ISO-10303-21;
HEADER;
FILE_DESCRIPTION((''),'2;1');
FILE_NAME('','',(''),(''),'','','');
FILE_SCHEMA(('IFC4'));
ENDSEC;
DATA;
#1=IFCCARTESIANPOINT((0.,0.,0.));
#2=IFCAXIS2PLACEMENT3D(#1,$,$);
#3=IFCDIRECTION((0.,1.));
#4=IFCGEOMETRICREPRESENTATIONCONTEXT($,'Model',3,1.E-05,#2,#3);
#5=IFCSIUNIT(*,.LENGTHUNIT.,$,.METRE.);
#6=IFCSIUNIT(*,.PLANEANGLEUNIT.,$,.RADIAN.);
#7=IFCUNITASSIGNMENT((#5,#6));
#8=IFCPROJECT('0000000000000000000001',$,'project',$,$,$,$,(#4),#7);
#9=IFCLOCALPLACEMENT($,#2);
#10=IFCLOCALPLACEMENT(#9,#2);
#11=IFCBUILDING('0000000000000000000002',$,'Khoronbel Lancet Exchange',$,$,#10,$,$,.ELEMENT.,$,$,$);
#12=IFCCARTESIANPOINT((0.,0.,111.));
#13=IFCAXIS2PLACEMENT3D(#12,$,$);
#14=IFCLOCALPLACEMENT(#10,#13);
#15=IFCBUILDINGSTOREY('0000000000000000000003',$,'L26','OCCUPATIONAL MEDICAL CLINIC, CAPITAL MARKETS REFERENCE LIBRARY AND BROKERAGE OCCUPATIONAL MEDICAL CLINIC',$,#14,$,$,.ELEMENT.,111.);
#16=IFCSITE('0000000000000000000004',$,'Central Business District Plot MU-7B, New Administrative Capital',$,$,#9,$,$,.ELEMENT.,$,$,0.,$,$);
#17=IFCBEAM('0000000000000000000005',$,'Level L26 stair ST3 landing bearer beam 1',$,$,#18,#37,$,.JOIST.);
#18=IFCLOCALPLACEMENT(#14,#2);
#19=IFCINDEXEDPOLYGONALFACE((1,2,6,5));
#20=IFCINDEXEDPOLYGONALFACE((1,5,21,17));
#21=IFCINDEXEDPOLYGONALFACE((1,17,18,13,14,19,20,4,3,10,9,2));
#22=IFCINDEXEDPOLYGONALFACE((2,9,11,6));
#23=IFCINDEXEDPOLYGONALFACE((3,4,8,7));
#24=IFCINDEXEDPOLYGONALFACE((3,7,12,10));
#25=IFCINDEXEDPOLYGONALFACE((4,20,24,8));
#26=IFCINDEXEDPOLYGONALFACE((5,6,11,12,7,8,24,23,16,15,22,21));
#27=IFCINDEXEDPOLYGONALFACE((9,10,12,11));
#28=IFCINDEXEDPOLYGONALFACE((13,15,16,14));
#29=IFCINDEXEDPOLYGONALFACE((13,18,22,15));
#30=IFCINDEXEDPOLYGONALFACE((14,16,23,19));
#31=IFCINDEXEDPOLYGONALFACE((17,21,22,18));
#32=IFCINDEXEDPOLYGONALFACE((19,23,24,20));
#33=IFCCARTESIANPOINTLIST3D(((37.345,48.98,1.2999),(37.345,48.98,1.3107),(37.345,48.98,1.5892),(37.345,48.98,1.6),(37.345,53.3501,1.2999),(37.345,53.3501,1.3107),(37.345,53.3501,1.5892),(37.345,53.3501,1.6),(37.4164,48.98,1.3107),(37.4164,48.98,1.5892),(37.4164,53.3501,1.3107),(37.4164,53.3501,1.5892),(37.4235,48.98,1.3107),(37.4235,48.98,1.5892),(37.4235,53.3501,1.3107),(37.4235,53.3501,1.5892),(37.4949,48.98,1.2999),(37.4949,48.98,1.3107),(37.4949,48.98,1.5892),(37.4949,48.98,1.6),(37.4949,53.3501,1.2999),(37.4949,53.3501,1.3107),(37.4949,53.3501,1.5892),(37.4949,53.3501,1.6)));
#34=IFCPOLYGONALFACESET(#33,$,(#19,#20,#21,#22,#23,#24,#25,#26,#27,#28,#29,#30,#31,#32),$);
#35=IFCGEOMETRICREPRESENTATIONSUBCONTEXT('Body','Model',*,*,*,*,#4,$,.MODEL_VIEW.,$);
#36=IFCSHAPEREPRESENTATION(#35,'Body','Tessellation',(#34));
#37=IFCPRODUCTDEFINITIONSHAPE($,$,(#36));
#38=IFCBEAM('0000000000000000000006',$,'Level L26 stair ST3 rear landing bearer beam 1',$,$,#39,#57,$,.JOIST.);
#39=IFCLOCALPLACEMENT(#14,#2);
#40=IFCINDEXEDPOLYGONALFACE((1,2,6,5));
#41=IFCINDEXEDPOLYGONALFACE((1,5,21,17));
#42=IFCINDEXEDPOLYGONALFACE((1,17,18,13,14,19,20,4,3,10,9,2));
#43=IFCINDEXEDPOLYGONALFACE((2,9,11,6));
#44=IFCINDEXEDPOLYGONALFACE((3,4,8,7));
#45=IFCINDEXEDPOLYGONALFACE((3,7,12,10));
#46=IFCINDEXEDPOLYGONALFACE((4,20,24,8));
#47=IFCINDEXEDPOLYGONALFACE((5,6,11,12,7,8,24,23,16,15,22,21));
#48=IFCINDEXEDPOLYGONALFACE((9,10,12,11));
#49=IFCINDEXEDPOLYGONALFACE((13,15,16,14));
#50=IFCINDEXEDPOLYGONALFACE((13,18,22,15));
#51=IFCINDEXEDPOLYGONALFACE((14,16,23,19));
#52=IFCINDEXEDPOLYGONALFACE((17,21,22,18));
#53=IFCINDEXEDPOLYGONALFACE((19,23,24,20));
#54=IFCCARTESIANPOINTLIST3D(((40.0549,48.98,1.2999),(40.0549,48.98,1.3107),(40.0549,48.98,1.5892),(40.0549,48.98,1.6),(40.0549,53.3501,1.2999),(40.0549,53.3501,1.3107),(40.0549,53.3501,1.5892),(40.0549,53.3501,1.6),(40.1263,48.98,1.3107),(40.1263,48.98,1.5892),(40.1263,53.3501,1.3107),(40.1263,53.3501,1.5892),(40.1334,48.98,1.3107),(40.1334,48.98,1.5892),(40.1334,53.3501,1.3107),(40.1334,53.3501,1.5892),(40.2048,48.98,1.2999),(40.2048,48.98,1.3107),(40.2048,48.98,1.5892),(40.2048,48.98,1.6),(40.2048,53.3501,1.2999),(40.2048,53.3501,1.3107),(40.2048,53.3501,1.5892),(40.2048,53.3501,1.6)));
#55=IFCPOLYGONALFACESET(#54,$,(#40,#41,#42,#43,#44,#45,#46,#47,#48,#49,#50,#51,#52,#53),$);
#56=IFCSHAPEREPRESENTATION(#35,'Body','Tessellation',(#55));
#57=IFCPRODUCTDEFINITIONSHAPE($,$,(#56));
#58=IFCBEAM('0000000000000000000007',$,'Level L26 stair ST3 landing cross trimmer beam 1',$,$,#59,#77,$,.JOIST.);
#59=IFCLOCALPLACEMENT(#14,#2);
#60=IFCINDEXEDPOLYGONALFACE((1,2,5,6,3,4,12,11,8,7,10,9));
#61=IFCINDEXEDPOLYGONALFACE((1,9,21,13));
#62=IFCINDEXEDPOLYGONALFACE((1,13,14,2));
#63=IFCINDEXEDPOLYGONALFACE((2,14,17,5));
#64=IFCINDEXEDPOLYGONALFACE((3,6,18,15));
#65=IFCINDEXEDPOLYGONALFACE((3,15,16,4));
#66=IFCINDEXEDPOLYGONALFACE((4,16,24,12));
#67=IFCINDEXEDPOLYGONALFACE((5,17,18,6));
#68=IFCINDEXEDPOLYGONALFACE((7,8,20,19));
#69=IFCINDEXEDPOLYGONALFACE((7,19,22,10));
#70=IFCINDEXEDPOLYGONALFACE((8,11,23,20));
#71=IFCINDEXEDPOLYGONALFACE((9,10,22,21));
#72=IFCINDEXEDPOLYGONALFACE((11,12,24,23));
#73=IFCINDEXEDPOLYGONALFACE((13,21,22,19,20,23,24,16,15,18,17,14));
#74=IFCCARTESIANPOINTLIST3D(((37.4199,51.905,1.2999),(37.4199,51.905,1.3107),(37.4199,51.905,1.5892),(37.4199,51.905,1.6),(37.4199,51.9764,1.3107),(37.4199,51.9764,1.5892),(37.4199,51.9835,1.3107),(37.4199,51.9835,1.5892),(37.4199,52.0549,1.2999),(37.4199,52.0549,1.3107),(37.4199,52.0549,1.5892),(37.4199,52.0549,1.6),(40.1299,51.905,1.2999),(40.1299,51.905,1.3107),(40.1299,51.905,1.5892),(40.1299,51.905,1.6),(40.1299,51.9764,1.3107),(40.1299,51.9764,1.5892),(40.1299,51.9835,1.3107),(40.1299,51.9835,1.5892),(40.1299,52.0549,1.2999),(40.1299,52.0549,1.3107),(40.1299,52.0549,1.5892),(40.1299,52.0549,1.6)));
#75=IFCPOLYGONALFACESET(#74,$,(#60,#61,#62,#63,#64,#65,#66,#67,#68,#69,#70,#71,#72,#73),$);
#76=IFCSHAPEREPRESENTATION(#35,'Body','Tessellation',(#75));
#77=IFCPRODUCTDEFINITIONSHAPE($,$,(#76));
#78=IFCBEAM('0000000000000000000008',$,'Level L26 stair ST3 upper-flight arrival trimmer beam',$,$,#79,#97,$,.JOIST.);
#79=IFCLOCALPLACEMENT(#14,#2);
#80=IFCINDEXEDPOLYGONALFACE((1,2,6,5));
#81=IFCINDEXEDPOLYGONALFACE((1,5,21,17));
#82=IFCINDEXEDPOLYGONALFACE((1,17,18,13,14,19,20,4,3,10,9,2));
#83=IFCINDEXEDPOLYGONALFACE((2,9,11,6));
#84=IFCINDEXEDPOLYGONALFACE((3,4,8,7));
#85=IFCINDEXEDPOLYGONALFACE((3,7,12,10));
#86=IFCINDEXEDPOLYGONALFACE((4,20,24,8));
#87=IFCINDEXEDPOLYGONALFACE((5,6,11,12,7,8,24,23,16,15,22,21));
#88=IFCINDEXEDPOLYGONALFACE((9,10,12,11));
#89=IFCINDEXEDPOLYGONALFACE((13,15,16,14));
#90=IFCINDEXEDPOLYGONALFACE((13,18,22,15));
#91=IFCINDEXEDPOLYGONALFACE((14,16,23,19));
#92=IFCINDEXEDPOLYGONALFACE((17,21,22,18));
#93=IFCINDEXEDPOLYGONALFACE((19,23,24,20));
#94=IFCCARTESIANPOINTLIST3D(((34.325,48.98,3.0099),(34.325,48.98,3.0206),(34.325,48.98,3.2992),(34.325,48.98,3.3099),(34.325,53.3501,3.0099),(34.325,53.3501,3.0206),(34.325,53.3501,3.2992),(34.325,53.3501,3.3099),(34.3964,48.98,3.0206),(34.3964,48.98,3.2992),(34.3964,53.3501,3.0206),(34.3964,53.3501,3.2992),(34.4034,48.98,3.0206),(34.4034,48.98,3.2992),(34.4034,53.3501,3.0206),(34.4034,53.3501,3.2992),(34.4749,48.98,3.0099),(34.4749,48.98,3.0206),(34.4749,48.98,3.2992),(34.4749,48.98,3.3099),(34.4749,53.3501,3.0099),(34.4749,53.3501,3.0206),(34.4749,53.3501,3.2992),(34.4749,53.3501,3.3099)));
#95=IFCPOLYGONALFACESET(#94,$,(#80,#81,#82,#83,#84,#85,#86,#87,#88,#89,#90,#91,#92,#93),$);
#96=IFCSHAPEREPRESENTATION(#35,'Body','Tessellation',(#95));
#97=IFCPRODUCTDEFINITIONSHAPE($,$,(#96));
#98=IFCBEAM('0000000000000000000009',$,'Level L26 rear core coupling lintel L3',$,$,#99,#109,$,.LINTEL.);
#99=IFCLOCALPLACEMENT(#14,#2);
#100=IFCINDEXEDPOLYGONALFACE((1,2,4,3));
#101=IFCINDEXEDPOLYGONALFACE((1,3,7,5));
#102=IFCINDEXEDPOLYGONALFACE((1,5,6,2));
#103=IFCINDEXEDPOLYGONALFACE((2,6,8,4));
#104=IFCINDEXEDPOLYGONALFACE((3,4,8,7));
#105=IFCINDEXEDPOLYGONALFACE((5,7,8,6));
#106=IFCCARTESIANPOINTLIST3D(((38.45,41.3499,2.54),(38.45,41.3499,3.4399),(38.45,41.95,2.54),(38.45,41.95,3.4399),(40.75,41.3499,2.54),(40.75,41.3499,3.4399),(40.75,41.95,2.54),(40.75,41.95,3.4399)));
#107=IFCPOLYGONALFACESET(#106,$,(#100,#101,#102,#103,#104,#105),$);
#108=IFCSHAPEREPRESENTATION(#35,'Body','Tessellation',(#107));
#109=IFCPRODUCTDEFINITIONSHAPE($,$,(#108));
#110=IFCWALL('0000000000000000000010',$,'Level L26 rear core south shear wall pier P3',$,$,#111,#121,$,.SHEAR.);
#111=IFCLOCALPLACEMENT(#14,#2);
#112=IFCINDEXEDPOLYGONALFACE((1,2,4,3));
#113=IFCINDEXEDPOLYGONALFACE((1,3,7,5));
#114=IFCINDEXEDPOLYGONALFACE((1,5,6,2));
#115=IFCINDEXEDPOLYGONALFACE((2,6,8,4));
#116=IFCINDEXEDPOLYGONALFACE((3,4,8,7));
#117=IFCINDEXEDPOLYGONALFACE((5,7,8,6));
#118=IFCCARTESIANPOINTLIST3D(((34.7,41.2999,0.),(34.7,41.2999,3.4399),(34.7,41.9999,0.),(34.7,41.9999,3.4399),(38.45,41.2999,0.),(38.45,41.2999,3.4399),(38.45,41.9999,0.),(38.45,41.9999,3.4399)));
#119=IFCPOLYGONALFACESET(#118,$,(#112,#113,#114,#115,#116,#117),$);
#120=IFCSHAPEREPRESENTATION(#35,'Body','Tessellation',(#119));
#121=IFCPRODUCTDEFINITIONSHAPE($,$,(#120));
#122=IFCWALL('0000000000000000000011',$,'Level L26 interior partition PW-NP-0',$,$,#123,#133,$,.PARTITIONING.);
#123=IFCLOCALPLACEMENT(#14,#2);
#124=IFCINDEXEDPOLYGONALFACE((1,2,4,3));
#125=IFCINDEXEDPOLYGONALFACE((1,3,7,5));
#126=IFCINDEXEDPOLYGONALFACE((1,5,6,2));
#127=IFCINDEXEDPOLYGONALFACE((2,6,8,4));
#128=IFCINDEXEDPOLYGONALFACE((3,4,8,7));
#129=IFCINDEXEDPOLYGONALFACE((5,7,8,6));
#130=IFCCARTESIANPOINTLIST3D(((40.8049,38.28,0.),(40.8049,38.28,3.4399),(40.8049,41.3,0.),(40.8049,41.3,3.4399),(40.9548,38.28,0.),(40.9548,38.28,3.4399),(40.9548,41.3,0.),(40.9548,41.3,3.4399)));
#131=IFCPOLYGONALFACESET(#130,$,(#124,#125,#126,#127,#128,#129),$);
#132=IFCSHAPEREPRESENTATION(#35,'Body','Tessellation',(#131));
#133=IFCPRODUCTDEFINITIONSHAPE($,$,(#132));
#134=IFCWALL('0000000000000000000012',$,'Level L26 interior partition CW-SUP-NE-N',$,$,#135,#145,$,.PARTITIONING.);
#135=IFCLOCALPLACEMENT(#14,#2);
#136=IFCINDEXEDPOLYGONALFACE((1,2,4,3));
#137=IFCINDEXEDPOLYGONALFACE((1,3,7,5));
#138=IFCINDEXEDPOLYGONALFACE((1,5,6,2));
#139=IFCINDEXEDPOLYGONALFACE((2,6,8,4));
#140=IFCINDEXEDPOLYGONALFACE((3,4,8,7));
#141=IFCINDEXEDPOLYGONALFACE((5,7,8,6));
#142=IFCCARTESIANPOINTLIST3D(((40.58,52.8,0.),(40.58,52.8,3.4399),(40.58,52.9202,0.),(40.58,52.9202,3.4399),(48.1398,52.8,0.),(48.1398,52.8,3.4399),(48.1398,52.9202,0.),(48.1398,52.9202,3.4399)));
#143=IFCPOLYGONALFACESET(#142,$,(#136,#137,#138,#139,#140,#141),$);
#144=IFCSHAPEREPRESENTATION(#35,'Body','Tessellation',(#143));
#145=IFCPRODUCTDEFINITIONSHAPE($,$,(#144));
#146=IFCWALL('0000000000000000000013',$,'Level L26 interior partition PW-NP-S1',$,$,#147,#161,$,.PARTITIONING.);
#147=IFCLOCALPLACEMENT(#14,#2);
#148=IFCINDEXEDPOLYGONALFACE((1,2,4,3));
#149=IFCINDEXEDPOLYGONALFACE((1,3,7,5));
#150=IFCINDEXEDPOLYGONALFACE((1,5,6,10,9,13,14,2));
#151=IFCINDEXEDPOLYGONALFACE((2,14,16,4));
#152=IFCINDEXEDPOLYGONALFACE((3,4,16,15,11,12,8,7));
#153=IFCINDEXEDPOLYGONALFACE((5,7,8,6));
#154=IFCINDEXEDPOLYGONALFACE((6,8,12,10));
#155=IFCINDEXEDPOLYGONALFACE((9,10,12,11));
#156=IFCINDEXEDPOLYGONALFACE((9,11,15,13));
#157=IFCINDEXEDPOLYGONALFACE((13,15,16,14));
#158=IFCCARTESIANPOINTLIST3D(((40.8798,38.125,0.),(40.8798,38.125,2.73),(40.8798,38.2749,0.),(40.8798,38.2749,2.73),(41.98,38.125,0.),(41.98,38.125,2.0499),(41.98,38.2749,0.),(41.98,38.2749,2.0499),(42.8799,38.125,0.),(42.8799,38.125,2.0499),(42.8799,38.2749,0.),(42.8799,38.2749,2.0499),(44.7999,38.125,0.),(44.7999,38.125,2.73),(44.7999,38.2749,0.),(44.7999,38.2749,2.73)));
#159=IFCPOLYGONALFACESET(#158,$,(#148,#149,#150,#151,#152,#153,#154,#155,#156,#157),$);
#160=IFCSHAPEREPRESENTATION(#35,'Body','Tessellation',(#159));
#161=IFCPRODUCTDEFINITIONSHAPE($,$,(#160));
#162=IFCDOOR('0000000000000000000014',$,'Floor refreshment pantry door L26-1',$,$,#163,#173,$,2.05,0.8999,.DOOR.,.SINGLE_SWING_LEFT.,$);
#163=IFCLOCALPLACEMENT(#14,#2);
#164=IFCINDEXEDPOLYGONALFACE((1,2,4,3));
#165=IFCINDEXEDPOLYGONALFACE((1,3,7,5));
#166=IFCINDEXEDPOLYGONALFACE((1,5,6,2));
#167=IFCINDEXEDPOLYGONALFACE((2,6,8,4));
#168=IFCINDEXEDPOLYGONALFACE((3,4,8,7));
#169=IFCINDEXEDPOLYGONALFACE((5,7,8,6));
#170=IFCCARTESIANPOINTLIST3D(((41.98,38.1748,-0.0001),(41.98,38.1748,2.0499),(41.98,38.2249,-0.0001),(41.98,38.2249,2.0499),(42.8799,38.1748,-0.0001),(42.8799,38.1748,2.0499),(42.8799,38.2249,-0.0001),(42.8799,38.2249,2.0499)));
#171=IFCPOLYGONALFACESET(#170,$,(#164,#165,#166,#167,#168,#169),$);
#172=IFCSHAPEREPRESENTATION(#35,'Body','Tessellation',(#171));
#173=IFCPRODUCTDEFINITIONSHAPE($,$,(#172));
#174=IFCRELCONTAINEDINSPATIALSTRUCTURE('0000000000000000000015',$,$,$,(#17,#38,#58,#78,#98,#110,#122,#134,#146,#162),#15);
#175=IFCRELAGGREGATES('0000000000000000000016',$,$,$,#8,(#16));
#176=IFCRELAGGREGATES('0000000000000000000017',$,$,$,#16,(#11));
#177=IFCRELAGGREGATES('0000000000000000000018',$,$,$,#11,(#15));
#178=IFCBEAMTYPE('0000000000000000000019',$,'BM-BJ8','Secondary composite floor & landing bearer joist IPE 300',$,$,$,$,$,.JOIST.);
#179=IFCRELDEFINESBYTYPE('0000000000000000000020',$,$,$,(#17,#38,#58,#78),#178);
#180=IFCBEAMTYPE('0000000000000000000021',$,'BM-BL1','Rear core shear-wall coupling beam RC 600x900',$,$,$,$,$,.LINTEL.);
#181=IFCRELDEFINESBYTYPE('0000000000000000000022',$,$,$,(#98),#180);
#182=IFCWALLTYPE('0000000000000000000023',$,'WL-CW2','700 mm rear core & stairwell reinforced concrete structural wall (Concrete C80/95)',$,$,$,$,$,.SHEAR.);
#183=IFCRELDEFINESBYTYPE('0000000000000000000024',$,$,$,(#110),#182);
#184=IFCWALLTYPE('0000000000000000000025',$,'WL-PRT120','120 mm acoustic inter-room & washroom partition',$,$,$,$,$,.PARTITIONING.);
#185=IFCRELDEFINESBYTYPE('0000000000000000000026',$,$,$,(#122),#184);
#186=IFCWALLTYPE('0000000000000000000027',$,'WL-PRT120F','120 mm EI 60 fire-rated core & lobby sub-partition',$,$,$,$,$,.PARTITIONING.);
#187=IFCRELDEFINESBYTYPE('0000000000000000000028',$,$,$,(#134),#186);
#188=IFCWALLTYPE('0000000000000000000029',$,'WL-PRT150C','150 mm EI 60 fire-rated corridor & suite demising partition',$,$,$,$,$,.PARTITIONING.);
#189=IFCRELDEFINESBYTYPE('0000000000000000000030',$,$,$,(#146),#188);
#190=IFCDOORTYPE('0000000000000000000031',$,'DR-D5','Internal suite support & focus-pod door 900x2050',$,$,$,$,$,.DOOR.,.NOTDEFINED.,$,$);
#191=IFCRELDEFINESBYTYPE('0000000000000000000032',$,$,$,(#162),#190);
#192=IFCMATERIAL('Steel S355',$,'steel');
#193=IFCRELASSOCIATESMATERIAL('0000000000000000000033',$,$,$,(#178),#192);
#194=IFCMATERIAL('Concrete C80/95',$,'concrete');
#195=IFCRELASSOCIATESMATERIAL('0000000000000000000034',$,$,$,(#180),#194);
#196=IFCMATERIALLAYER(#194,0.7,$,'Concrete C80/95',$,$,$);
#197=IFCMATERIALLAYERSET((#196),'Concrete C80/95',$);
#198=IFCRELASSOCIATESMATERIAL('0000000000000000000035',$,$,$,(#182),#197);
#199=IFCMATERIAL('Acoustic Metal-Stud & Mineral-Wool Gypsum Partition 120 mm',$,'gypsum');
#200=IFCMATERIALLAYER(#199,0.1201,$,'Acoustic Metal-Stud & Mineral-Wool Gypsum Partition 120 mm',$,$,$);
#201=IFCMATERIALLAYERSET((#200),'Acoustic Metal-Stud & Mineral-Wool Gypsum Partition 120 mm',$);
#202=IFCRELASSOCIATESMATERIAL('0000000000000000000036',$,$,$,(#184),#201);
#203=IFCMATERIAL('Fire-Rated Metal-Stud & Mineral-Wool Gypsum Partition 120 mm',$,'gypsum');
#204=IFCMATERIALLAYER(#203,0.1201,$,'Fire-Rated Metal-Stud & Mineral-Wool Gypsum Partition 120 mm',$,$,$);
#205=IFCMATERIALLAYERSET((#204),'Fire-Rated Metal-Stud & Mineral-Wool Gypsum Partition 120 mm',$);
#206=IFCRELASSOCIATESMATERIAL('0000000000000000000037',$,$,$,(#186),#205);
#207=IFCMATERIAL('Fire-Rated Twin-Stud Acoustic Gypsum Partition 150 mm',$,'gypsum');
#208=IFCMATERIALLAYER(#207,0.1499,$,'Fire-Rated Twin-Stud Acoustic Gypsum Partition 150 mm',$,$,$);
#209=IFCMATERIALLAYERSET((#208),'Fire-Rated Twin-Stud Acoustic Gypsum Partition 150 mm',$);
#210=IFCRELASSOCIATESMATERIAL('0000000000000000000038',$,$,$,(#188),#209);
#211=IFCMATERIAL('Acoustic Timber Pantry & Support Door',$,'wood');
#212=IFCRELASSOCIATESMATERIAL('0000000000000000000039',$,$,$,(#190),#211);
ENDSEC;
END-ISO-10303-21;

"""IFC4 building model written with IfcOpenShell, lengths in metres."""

from ifc_helpers import new_model, si_unit, direction, frame, frame_2d, origin, origin_2d, place, context, subcontext, project, spatial, rectangle, i_section, extrude, material, layer, layer_set, material_profile, profile_set, type_object, element, fill, save


model = new_model("IFC4")

# Units and contexts
model_context = context("Model", 3, precision=1e-05, world=origin(), true_north=direction((0.0, 1.0)))
body_context = subcontext(model_context, "Body", "Model", "MODEL_VIEW")
ifc_project = project(units=[si_unit("LENGTHUNIT", "METRE"), si_unit("PLANEANGLEUNIT", "RADIAN")], contexts=[model_context])

# Site, building, storey
site_placement = place(None, origin())
site = spatial("IfcSite", under=ifc_project, at=site_placement, Name="Central Business District Plot MU-7B, New Administrative Capital", CompositionType="ELEMENT", RefElevation=0.0)
building_placement = place(site_placement, origin())
building = spatial("IfcBuilding", under=site, at=building_placement, Name="Khoronbel Lancet Exchange", CompositionType="ELEMENT")
storey_placement = place(building_placement, frame((0.0, 0.0, 111.0)))
storey = spatial("IfcBuildingStorey", under=building, at=storey_placement, Name="L26", Description="OCCUPATIONAL MEDICAL CLINIC, CAPITAL MARKETS REFERENCE LIBRARY AND BROKERAGE OCCUPATIONAL MEDICAL CLINIC", CompositionType="ELEMENT", Elevation=111.0)

# Beams
ifc_material_1 = material(Name="Steel S355", Category="steel")
ifc_material_profile_1 = material_profile(ifc_material_1, i_section(OverallWidth=0.1499, OverallDepth=0.3, WebThickness=0.0071, FlangeThickness=0.0107, at=origin_2d()), Name="IPE 300")
ifc_profile_set_1 = profile_set([ifc_material_profile_1], Name="Steel S355")
beam_type_1 = type_object("IfcBeamType", Name="BM-BJ8", Description="Secondary composite floor & landing bearer joist IPE 300", PredefinedType="JOIST", material=ifc_profile_set_1)
for number, where, z_axis, x_axis, name in (
    (1, (37.4199, 48.98, 1.45), (0.0, 1.0, 0.0), (-1.0, 0.0, 0.0), "Level L26 stair ST3 landing bearer beam 1"),
    (2, (40.1299, 48.98, 1.45), (0.0, 1.0, 0.0), (-1.0, 0.0, 0.0), "Level L26 stair ST3 rear landing bearer beam 1"),
):
    element("IfcBeam", number, at=place(storey_placement, frame(where, z_axis=z_axis, x_axis=x_axis)), inside=storey, type_object=beam_type_1, Name=name, PredefinedType="JOIST", context=body_context, shape_type="SweptSolid", body=[
        extrude(i_section(OverallWidth=0.1499, OverallDepth=0.3, WebThickness=0.0071, FlangeThickness=0.0107, at=origin_2d()), origin(), (0.0, 0.0, 1.0), 4.3701),
    ])
beam_1_placement = place(storey_placement, frame((37.4199, 51.98, 1.45), z_axis=(1.0, 0.0, 0.0), x_axis=(0.0, 1.0, 0.0)))
element("IfcBeam", 3, at=beam_1_placement, inside=storey, type_object=beam_type_1, Name="Level L26 stair ST3 landing cross trimmer beam 1", PredefinedType="JOIST", context=body_context, shape_type="SweptSolid", body=[
    extrude(i_section(OverallWidth=0.1499, OverallDepth=0.3, WebThickness=0.0071, FlangeThickness=0.0107, at=origin_2d()), origin(), (0.0, 0.0, 1.0), 2.71),
])
beam_2_placement = place(storey_placement, frame((34.3999, 48.98, 3.1599), z_axis=(0.0, 1.0, 0.0), x_axis=(-1.0, 0.0, 0.0)))
element("IfcBeam", 4, at=beam_2_placement, inside=storey, type_object=beam_type_1, Name="Level L26 stair ST3 upper-flight arrival trimmer beam", PredefinedType="JOIST", context=body_context, shape_type="SweptSolid", body=[
    extrude(i_section(OverallWidth=0.1499, OverallDepth=0.3, WebThickness=0.0071, FlangeThickness=0.0107, at=origin_2d()), origin(), (0.0, 0.0, 1.0), 4.3701),
])
ifc_material_2 = material(Name="Concrete C80/95", Category="concrete")
ifc_material_profile_2 = material_profile(ifc_material_2, rectangle(XDim=0.6001, YDim=0.8999, at=origin_2d()), Name="RC 600x900")
ifc_profile_set_2 = profile_set([ifc_material_profile_2], Name="Concrete C80/95")
beam_type_2 = type_object("IfcBeamType", Name="BM-BL1", Description="Rear core shear-wall coupling beam RC 600x900", PredefinedType="LINTEL", material=ifc_profile_set_2)
beam_3_placement = place(storey_placement, frame((38.45, 41.6499, 2.99), z_axis=(1.0, 0.0, 0.0), x_axis=(0.0, 1.0, 0.0)))
element("IfcBeam", 5, at=beam_3_placement, inside=storey, type_object=beam_type_2, Name="Level L26 rear core coupling lintel L3", PredefinedType="LINTEL", context=body_context, shape_type="SweptSolid", body=[
    extrude(rectangle(XDim=0.6001, YDim=0.8999, at=origin_2d()), origin(), (0.0, 0.0, 1.0), 2.3),
])

# Walls
ifc_layer_1 = layer(ifc_material_2, 0.7, Name="Concrete C80/95")
ifc_layer_set_1 = layer_set([ifc_layer_1], Name="Concrete C80/95")
wall_type_1 = type_object("IfcWallType", Name="WL-CW2", Description="700 mm rear core & stairwell reinforced concrete structural wall (Concrete C80/95)", PredefinedType="SHEAR", material=ifc_layer_set_1)
wall_1_placement = place(storey_placement, frame((38.45, 41.6499, 0.0), z_axis=(0.0, 0.0, 1.0), x_axis=(-1.0, 0.0, 0.0)))
element("IfcWall", 6, at=wall_1_placement, inside=storey, type_object=wall_type_1, Name="Level L26 rear core south shear wall pier P3", PredefinedType="SHEAR", context=body_context, shape_type="SweptSolid", body=[
    extrude(rectangle(XDim=3.75, YDim=0.7, at=frame_2d((1.875, 0.0))), origin(), (0.0, 0.0, 1.0), 3.4399),
])
ifc_material_3 = material(Name="Acoustic Metal-Stud & Mineral-Wool Gypsum Partition 120 mm", Category="gypsum")
ifc_layer_2 = layer(ifc_material_3, 0.1201, Name="Acoustic Metal-Stud & Mineral-Wool Gypsum Partition 120 mm")
ifc_layer_set_2 = layer_set([ifc_layer_2], Name="Acoustic Metal-Stud & Mineral-Wool Gypsum Partition 120 mm")
wall_type_2 = type_object("IfcWallType", Name="WL-PRT120", Description="120 mm acoustic inter-room & washroom partition", PredefinedType="PARTITIONING", material=ifc_layer_set_2)
wall_2_placement = place(storey_placement, frame((40.8799, 38.28, 0.0), z_axis=(0.0, 0.0, 1.0), x_axis=(0.0, 1.0, 0.0)))
element("IfcWall", 7, at=wall_2_placement, inside=storey, type_object=wall_type_2, Name="Level L26 interior partition PW-NP-0", PredefinedType="PARTITIONING", context=body_context, shape_type="SweptSolid", body=[
    extrude(rectangle(XDim=3.02, YDim=0.1499, at=frame_2d((1.51, 0.0))), origin(), (0.0, 0.0, 1.0), 3.4399),
])
ifc_material_4 = material(Name="Fire-Rated Metal-Stud & Mineral-Wool Gypsum Partition 120 mm", Category="gypsum")
ifc_layer_3 = layer(ifc_material_4, 0.1201, Name="Fire-Rated Metal-Stud & Mineral-Wool Gypsum Partition 120 mm")
ifc_layer_set_3 = layer_set([ifc_layer_3], Name="Fire-Rated Metal-Stud & Mineral-Wool Gypsum Partition 120 mm")
wall_type_3 = type_object("IfcWallType", Name="WL-PRT120F", Description="120 mm EI 60 fire-rated core & lobby sub-partition", PredefinedType="PARTITIONING", material=ifc_layer_set_3)
wall_3_placement = place(storey_placement, frame((40.5801, 52.8601, 0.0), z_axis=(0.0, 0.0, 1.0), x_axis=(1.0, 0.0, 0.0)))
element("IfcWall", 8, at=wall_3_placement, inside=storey, type_object=wall_type_3, Name="Level L26 interior partition CW-SUP-NE-N", PredefinedType="PARTITIONING", context=body_context, shape_type="SweptSolid", body=[
    extrude(rectangle(XDim=7.5598, YDim=0.1201, at=frame_2d((3.7798, 0.0))), origin(), (0.0, 0.0, 1.0), 3.4399),
])

# Wall, opening, door
ifc_material_5 = material(Name="Fire-Rated Twin-Stud Acoustic Gypsum Partition 150 mm", Category="gypsum")
ifc_layer_4 = layer(ifc_material_5, 0.1499, Name="Fire-Rated Twin-Stud Acoustic Gypsum Partition 150 mm")
ifc_layer_set_4 = layer_set([ifc_layer_4], Name="Fire-Rated Twin-Stud Acoustic Gypsum Partition 150 mm")
wall_type_4 = type_object("IfcWallType", Name="WL-PRT150C", Description="150 mm EI 60 fire-rated corridor & suite demising partition", PredefinedType="PARTITIONING", material=ifc_layer_set_4)
wall_4_placement = place(storey_placement, frame((40.8799, 38.2, 0.0), z_axis=(0.0, 0.0, 1.0), x_axis=(1.0, 0.0, 0.0)))
wall_4 = element("IfcWall", 9, at=wall_4_placement, inside=storey, type_object=wall_type_4, Name="Level L26 interior partition PW-NP-S1", PredefinedType="PARTITIONING", context=body_context, shape_type="SweptSolid", body=[
    extrude(rectangle(XDim=3.9202, YDim=0.1499, at=frame_2d((1.96, 0.0))), origin(), (0.0, 0.0, 1.0), 2.73),
])
opening_1_placement = place(wall_4_placement, frame((1.1001, 0.0, 0.0)))
opening_1 = element("IfcOpeningElement", 10, at=opening_1_placement, cuts=wall_4, PredefinedType="OPENING", context=body_context, shape_type="SweptSolid", body=[
    extrude(rectangle(XDim=0.8999, YDim=2.05, at=frame_2d((0.45, 1.0249))), frame((0.0, 0.085, 0.0), z_axis=(0.0, -1.0, 0.0), x_axis=(1.0, 0.0, 0.0)), (0.0, 0.0, 1.0), 0.1699),
])
ifc_material_6 = material(Name="Acoustic Timber Pantry & Support Door", Category="wood")
door_type_1 = type_object("IfcDoorType", Name="DR-D5", Description="Internal suite support & focus-pod door 900x2050", OperationType="NOTDEFINED", PredefinedType="DOOR", material=ifc_material_6)
door_1_placement = place(opening_1_placement, origin())
door_1 = element("IfcDoor", 11, at=door_1_placement, inside=storey, type_object=door_type_1, Name="Floor refreshment pantry door L26-1", OperationType="SINGLE_SWING_LEFT", OverallHeight=2.05, OverallWidth=0.8999, PredefinedType="DOOR", context=body_context, shape_type="SweptSolid", body=[
    extrude(rectangle(XDim=0.8999, YDim=2.05, at=frame_2d((0.45, 1.0249))), frame((0.0, 0.0249, 0.0), z_axis=(0.0, -1.0, 0.0), x_axis=(1.0, 0.0, 0.0)), (0.0, 0.0, 1.0), 0.05),
])
fill(opening_1, door_1)

save(model, "model.ifc")
